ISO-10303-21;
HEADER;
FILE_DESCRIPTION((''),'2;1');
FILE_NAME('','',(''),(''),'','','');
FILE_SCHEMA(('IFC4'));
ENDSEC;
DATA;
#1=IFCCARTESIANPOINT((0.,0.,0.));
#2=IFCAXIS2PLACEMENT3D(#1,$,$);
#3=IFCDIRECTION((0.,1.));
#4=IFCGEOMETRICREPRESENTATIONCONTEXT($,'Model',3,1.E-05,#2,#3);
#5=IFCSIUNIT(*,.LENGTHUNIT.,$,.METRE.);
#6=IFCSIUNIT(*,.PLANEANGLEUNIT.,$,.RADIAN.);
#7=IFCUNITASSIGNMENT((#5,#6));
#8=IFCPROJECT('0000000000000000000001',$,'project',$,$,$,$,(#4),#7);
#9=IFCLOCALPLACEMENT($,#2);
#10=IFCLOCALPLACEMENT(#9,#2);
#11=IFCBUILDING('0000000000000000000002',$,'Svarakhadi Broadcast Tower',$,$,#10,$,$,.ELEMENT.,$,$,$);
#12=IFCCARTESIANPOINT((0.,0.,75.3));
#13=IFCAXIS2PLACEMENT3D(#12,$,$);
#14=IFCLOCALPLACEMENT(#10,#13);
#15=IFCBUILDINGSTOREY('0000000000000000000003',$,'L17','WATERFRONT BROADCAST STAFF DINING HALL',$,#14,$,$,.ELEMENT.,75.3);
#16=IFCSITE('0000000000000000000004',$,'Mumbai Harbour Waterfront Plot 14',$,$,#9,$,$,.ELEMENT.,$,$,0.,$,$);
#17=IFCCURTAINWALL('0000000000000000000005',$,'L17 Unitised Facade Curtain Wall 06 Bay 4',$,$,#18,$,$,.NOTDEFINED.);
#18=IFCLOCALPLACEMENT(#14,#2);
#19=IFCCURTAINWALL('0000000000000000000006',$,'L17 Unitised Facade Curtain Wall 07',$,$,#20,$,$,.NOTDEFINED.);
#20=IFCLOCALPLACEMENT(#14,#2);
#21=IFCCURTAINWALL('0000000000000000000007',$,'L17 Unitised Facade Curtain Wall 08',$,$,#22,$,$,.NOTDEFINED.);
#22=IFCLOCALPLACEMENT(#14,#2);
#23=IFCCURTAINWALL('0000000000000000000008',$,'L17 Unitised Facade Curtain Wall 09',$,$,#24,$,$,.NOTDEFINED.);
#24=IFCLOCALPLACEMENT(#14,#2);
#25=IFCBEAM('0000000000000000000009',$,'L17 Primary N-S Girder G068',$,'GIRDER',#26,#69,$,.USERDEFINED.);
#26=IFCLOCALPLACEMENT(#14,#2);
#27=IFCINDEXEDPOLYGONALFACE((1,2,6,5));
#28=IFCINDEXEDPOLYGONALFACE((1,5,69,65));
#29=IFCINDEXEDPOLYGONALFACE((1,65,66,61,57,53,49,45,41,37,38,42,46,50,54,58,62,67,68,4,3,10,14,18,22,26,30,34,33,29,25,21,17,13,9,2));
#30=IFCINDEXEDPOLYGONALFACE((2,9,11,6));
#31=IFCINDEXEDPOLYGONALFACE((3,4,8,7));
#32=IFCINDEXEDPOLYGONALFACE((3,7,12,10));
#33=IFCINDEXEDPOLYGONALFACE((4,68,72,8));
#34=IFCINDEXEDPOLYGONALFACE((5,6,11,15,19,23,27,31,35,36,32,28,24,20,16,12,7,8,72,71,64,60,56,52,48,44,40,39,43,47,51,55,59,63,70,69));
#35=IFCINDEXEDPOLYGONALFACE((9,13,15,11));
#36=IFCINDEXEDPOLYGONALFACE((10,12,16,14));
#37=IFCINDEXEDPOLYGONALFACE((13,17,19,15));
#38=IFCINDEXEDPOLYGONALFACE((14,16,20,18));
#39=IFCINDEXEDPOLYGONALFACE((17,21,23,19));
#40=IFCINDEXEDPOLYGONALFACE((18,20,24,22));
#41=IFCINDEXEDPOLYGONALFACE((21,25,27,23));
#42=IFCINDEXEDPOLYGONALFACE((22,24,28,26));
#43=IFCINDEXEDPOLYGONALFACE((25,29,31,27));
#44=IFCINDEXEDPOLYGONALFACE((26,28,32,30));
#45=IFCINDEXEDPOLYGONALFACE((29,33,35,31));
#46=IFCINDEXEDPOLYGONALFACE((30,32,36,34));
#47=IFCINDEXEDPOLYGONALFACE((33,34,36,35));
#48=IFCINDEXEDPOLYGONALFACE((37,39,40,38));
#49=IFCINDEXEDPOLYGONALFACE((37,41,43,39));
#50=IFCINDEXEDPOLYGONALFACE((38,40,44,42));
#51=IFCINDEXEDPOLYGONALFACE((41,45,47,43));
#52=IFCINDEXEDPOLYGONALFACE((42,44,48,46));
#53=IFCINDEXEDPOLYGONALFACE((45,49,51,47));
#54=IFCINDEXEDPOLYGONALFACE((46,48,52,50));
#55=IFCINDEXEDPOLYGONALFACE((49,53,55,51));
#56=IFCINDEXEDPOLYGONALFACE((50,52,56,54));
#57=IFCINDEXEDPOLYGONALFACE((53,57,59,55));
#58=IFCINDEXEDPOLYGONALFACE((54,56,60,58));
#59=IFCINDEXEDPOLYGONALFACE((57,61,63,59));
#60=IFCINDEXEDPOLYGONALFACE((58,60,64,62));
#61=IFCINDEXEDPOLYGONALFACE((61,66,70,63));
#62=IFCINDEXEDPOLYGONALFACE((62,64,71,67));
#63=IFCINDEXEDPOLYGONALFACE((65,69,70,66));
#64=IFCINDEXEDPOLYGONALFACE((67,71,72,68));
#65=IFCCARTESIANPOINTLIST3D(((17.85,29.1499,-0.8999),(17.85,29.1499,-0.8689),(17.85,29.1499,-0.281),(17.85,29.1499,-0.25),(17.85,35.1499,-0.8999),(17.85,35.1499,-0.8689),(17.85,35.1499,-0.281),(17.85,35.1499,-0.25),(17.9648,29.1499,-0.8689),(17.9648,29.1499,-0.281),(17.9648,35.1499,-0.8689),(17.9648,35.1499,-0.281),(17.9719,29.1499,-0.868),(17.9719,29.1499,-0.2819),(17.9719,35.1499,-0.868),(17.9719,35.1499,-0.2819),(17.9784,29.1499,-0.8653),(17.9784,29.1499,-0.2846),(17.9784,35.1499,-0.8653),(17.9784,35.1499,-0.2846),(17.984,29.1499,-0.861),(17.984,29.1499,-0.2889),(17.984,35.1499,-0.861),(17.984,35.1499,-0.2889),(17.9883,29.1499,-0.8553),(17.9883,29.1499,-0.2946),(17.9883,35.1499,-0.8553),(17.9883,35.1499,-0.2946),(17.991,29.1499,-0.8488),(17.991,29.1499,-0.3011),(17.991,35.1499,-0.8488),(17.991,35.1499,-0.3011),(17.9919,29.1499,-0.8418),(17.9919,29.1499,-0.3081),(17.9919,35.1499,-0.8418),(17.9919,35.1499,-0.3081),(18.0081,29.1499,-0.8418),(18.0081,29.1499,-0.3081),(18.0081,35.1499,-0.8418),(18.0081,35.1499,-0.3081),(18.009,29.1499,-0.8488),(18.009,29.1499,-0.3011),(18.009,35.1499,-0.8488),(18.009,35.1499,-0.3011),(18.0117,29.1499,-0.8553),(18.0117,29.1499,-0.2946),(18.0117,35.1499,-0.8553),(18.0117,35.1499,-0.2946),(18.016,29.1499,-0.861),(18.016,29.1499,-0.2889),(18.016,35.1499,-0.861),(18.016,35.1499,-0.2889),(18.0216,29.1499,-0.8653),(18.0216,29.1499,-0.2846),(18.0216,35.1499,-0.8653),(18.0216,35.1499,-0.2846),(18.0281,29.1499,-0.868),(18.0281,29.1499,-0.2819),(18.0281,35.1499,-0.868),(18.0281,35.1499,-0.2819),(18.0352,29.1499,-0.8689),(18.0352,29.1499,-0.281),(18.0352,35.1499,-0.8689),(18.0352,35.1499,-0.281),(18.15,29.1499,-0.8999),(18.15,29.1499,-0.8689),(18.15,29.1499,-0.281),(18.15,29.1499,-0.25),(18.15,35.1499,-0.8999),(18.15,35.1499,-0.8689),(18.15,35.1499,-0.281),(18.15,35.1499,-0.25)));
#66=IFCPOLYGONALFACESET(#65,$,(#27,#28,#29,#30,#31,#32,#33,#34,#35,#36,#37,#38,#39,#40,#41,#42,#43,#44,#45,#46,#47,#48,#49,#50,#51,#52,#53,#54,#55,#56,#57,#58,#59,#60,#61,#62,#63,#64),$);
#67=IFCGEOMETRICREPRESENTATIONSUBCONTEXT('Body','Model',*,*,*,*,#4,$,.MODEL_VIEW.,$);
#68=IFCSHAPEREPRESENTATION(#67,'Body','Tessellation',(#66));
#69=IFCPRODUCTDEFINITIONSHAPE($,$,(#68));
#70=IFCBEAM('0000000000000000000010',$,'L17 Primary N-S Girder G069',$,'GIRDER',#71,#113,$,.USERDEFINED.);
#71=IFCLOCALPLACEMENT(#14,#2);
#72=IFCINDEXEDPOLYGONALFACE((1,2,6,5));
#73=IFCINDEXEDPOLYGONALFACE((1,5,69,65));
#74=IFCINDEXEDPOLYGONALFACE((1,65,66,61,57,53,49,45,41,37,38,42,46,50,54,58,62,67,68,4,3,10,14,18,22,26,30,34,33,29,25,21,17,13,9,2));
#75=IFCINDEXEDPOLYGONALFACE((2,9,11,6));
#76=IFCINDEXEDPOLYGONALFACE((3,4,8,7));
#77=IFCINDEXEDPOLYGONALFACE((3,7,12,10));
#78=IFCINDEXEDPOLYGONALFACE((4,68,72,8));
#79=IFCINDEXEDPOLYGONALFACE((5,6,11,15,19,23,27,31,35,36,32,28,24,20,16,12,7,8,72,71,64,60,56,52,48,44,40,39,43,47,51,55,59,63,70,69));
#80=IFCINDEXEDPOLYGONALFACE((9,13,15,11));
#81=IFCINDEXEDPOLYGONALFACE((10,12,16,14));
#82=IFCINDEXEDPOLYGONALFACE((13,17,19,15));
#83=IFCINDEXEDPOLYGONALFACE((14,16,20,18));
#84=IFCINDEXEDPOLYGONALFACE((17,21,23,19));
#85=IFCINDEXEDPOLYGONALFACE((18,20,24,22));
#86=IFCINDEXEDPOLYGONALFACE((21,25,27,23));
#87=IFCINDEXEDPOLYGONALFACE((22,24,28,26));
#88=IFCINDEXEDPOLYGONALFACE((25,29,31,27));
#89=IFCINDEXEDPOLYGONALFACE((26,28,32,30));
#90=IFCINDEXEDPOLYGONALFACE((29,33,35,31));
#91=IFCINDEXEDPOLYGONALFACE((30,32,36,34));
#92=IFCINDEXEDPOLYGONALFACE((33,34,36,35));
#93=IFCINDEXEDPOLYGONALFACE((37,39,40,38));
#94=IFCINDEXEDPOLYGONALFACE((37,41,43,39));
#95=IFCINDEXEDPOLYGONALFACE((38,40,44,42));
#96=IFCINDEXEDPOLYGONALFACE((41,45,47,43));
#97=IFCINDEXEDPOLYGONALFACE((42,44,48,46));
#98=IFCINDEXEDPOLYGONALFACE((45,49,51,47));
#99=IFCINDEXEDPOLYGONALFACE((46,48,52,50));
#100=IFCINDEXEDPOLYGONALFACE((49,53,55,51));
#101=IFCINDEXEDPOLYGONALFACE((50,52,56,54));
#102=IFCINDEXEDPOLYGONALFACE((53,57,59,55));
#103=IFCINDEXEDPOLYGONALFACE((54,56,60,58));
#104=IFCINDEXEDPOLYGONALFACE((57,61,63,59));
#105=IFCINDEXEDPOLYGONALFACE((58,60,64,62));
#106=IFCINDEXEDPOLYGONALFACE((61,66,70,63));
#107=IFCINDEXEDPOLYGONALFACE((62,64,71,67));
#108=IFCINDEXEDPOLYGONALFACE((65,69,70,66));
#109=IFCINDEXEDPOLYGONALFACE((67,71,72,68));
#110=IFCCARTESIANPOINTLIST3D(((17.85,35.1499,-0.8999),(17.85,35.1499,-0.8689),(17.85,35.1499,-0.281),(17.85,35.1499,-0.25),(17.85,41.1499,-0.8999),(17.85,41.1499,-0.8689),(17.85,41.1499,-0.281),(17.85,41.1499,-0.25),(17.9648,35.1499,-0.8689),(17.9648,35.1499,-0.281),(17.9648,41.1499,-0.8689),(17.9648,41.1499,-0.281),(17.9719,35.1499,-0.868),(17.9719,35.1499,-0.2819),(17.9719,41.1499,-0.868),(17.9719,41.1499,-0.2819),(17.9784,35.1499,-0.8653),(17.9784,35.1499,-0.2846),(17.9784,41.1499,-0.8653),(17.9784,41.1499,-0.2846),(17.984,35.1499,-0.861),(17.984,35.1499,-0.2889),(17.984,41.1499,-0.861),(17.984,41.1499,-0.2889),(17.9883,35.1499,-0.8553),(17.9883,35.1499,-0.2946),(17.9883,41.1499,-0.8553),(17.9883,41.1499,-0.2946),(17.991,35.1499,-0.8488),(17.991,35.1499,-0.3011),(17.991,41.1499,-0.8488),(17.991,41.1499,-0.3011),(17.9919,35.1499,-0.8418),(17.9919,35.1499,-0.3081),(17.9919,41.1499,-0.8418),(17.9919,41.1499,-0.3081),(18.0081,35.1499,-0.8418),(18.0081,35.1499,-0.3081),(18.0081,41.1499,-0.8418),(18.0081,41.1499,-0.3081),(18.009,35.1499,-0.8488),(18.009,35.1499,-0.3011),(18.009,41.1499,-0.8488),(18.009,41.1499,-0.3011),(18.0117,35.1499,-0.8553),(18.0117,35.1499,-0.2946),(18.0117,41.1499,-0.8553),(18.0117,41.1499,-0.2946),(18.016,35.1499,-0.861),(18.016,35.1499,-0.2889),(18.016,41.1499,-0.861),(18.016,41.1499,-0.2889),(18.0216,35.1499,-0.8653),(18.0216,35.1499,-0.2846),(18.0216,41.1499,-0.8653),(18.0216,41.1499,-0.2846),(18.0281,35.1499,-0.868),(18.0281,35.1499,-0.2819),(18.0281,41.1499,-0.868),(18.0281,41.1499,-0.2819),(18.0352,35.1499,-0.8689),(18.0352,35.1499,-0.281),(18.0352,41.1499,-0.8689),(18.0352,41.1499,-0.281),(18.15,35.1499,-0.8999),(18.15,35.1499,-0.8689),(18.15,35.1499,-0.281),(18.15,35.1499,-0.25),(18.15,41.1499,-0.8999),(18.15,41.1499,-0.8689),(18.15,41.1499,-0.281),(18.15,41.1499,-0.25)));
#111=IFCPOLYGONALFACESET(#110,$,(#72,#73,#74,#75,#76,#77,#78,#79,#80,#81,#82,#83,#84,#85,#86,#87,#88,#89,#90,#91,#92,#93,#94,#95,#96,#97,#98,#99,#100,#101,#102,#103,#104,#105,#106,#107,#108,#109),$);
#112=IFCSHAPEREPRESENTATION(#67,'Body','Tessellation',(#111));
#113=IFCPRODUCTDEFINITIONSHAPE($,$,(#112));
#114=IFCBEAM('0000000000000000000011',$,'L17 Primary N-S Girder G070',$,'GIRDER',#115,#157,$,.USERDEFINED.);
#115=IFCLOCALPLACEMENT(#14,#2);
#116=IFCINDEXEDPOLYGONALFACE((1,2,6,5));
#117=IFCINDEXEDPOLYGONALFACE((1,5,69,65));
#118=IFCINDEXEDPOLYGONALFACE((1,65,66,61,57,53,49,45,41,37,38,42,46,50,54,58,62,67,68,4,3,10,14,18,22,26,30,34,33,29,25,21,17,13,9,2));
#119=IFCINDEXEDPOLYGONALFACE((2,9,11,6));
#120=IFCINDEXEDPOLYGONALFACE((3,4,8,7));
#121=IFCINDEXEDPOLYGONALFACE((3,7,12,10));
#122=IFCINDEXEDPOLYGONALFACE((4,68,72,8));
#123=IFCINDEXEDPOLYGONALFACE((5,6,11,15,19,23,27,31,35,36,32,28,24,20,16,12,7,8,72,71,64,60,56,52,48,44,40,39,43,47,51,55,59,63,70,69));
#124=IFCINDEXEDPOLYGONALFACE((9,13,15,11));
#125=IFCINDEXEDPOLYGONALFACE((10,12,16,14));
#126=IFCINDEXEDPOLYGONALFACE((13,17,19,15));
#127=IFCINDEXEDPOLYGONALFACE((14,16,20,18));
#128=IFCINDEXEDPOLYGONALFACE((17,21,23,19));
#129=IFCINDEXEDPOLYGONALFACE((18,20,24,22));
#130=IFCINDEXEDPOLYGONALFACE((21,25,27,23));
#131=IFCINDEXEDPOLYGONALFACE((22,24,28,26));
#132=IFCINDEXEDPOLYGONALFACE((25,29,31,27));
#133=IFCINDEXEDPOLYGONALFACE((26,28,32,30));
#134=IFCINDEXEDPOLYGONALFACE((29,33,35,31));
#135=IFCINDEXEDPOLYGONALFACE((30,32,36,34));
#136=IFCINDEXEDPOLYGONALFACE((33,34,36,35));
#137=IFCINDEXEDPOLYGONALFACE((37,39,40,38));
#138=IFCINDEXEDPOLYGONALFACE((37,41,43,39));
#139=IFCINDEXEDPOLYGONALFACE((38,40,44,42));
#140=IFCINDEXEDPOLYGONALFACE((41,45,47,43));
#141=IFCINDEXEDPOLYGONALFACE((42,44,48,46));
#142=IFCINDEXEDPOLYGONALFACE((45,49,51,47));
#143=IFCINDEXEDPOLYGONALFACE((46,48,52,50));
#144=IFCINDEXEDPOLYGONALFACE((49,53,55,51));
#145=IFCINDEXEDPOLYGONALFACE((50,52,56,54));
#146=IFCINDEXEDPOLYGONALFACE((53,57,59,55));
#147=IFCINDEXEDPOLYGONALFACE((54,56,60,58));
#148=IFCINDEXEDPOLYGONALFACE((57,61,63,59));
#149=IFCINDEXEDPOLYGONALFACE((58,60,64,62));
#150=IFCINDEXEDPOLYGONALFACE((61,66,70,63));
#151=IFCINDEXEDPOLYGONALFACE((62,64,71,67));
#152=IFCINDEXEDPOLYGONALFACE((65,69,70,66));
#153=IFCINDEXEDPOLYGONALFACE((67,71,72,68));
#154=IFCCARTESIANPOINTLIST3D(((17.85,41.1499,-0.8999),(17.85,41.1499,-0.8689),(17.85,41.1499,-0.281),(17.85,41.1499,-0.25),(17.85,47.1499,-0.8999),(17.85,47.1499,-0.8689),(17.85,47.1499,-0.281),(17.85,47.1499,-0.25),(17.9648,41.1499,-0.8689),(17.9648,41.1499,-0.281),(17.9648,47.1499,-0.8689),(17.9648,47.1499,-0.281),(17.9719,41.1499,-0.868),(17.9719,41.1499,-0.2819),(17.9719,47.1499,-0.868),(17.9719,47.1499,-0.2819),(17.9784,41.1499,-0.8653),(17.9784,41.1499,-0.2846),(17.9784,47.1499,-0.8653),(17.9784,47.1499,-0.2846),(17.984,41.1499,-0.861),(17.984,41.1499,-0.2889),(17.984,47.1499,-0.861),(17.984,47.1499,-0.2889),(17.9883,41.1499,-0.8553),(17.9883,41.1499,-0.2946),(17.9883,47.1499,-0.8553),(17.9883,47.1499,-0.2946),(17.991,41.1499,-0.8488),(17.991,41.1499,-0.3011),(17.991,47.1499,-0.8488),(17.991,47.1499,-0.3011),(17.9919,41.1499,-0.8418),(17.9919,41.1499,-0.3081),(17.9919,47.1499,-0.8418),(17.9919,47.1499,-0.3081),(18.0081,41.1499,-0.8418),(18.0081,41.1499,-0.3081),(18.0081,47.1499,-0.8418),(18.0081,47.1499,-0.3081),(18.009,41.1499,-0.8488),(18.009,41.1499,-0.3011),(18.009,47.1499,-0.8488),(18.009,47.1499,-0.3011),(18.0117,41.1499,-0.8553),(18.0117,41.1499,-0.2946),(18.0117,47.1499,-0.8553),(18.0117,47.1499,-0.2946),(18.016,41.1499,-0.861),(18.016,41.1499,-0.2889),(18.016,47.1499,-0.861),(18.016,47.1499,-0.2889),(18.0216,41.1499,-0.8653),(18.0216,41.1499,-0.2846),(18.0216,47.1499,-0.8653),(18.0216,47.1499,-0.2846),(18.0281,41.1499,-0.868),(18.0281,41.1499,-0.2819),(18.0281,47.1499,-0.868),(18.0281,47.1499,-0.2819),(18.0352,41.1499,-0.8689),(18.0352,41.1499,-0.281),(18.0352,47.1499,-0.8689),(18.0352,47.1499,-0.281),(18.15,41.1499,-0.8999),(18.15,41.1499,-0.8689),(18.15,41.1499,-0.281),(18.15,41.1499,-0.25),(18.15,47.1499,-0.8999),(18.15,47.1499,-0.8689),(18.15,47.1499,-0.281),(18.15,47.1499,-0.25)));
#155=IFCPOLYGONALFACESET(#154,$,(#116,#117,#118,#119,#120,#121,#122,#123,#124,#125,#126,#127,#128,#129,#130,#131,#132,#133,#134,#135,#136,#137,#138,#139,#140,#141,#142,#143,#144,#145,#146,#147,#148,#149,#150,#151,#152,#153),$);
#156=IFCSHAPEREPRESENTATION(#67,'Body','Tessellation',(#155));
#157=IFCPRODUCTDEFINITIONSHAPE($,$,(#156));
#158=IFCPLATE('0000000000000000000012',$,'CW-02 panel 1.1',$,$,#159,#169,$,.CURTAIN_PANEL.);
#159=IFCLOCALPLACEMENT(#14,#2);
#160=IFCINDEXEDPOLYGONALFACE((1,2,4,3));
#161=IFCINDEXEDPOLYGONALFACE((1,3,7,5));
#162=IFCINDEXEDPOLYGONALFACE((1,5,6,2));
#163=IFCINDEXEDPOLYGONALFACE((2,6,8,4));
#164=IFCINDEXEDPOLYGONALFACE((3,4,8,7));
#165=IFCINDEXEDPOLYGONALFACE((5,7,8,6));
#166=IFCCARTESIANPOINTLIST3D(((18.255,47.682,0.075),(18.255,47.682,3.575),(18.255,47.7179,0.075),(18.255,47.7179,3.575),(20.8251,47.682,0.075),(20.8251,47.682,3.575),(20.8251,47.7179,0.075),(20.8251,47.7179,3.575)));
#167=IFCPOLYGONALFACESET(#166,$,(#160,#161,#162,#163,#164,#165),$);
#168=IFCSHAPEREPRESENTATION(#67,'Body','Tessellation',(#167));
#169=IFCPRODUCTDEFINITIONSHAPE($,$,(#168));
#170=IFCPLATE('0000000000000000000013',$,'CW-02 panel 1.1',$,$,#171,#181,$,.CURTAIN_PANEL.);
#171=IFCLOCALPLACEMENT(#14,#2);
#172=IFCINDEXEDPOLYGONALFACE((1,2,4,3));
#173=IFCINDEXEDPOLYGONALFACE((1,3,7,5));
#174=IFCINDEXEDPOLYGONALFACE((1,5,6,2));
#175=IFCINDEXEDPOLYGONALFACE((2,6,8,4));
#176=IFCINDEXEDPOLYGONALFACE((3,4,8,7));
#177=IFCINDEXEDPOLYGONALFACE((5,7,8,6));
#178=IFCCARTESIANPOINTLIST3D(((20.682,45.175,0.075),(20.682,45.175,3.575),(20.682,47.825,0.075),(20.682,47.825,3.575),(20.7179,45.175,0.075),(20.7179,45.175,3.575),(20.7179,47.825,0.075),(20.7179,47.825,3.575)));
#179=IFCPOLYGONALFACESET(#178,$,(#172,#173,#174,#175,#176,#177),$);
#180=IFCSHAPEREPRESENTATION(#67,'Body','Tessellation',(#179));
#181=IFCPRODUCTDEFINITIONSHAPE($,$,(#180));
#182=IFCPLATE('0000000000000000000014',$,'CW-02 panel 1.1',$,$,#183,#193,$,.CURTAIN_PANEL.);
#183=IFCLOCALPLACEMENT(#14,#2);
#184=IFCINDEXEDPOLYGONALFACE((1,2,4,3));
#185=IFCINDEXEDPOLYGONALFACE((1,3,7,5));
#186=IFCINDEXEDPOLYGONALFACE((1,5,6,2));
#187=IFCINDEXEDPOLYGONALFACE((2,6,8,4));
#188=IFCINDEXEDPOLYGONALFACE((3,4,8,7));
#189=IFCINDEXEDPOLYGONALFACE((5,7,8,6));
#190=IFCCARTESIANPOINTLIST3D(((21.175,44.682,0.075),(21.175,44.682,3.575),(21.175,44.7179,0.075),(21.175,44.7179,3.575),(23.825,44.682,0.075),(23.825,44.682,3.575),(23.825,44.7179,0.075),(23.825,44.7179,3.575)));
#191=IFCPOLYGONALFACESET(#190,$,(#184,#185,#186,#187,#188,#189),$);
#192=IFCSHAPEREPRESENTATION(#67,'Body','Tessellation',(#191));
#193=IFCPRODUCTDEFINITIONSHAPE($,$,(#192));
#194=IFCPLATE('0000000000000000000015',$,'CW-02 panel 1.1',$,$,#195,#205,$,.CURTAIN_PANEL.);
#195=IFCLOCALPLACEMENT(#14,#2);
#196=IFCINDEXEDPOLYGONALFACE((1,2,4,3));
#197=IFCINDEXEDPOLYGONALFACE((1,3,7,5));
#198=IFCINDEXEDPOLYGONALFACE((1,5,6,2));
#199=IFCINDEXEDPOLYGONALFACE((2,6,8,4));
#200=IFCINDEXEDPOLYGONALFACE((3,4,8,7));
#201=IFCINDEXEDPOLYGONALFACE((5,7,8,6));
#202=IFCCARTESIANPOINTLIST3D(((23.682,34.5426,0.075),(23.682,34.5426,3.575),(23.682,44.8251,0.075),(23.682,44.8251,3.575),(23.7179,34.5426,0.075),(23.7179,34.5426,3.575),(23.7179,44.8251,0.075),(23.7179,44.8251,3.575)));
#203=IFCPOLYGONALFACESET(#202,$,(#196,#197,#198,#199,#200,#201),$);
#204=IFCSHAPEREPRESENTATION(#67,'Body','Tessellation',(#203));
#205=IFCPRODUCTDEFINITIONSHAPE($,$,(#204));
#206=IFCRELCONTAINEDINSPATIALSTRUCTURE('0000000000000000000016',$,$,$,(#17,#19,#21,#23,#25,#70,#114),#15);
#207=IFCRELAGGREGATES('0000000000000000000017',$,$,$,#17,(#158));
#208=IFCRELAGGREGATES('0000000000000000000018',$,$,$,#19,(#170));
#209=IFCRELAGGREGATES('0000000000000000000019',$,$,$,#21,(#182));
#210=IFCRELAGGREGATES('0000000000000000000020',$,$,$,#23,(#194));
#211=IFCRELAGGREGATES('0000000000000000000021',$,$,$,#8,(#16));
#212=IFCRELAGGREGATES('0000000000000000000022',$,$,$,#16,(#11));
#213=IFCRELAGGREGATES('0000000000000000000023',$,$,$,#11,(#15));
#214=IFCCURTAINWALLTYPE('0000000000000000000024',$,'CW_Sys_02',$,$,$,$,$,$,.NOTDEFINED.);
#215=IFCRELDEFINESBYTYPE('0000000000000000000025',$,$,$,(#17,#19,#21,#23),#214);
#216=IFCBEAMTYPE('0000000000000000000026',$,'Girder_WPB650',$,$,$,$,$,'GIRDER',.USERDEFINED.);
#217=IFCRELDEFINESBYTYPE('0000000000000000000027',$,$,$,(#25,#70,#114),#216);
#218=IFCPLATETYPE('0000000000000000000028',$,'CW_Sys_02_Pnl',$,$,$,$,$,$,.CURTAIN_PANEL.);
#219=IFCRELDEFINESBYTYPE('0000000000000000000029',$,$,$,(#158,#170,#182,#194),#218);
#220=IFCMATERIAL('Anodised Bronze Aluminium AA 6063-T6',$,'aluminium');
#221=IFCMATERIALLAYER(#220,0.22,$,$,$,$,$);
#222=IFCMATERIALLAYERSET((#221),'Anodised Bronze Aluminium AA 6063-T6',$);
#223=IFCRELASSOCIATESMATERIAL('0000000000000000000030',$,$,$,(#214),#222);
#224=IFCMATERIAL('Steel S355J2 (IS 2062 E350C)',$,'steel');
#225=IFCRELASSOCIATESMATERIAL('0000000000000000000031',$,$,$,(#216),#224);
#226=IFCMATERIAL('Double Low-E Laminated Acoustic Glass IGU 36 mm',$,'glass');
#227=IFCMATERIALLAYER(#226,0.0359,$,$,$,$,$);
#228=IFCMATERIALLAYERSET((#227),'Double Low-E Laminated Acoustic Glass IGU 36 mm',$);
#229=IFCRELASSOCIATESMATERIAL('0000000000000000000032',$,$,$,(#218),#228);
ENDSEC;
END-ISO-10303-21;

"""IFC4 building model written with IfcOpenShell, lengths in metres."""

from ifc_helpers import new_model, si_unit, direction, frame, origin, origin_2d, place, context, subcontext, project, spatial, rectangle, i_section, extrude, material, layer, layer_set, material_profile, profile_set, type_object, element, aggregate, save


model = new_model("IFC4")

# Units and contexts
model_context = context("Model", 3, precision=1e-05, world=origin(), true_north=direction((0.0, 1.0)))
body_context = subcontext(model_context, "Body", "Model", "MODEL_VIEW")
ifc_project = project(units=[si_unit("LENGTHUNIT", "METRE"), si_unit("PLANEANGLEUNIT", "RADIAN")], contexts=[model_context])

# Site, building, storey
site_placement = place(None, origin())
site = spatial("IfcSite", under=ifc_project, at=site_placement, Name="Mumbai Harbour Waterfront Plot 14", CompositionType="ELEMENT", RefElevation=0.0)
building_placement = place(site_placement, origin())
building = spatial("IfcBuilding", under=site, at=building_placement, Name="Svarakhadi Broadcast Tower", CompositionType="ELEMENT")
storey_placement = place(building_placement, frame((0.0, 0.0, 75.3)))
storey = spatial("IfcBuildingStorey", under=building, at=storey_placement, Name="L17", Description="WATERFRONT BROADCAST STAFF DINING HALL", CompositionType="ELEMENT", Elevation=75.3)

# Curtain walls
ifc_material_1 = material(Name="Anodised Bronze Aluminium AA 6063-T6", Category="aluminium")
ifc_layer_1 = layer(ifc_material_1, 0.22)
ifc_layer_set_1 = layer_set([ifc_layer_1], Name="Anodised Bronze Aluminium AA 6063-T6")
curtain_wall_type = type_object("IfcCurtainWallType", Name="CW_Sys_02", PredefinedType="NOTDEFINED", material=ifc_layer_set_1)
curtain_wall_1_placement = place(storey_placement, origin())
curtain_wall_1 = element("IfcCurtainWall", 1, at=curtain_wall_1_placement, inside=storey, type_object=curtain_wall_type, Name="L17 Unitised Facade Curtain Wall 06 Bay 4", PredefinedType="NOTDEFINED")
curtain_wall_2_placement = place(storey_placement, origin())
curtain_wall_2 = element("IfcCurtainWall", 2, at=curtain_wall_2_placement, inside=storey, type_object=curtain_wall_type, Name="L17 Unitised Facade Curtain Wall 07", PredefinedType="NOTDEFINED")
curtain_wall_3_placement = place(storey_placement, origin())
curtain_wall_3 = element("IfcCurtainWall", 3, at=curtain_wall_3_placement, inside=storey, type_object=curtain_wall_type, Name="L17 Unitised Facade Curtain Wall 08", PredefinedType="NOTDEFINED")
curtain_wall_4_placement = place(storey_placement, origin())
curtain_wall_4 = element("IfcCurtainWall", 4, at=curtain_wall_4_placement, inside=storey, type_object=curtain_wall_type, Name="L17 Unitised Facade Curtain Wall 09", PredefinedType="NOTDEFINED")

# Beams
ifc_material_2 = material(Name="Steel S355J2 (IS 2062 E350C)", Category="steel")
ifc_material_profile_1 = material_profile(ifc_material_2, i_section(OverallWidth=0.3, OverallDepth=0.6499, WebThickness=0.0161, FlangeThickness=0.031, FilletRadius=0.0271, at=origin_2d()), Name="WPB 650x300x225")
ifc_profile_set_1 = profile_set([ifc_material_profile_1], Name="Steel S355J2 (IS 2062 E350C)")
beam_type = type_object("IfcBeamType", Name="Girder_WPB650", ElementType="GIRDER", PredefinedType="USERDEFINED", material=ifc_profile_set_1)
for number, where, z_axis, x_axis, name in (
    (5, (18.0, 29.1499, -0.575), (0.0, 1.0, 0.0), (-1.0, 0.0, 0.0), "L17 Primary N-S Girder G068"),
    (6, (18.0, 35.1499, -0.575), (0.0, 1.0, 0.0), (-1.0, 0.0, 0.0), "L17 Primary N-S Girder G069"),
    (7, (18.0, 41.1499, -0.575), (0.0, 1.0, 0.0), (-1.0, 0.0, 0.0), "L17 Primary N-S Girder G070"),
):
    element("IfcBeam", number, at=place(storey_placement, frame(where, z_axis=z_axis, x_axis=x_axis)), inside=storey, type_object=beam_type, Name=name, ObjectType="GIRDER", PredefinedType="USERDEFINED", context=body_context, shape_type="SweptSolid", body=[
        extrude(i_section(OverallWidth=0.3, OverallDepth=0.6499, WebThickness=0.0161, FlangeThickness=0.031, FilletRadius=0.0271, at=origin_2d()), origin(), (0.0, 0.0, 1.0), 6.0),
    ])

# Plates
ifc_material_3 = material(Name="Double Low-E Laminated Acoustic Glass IGU 36 mm", Category="glass")
ifc_layer_2 = layer(ifc_material_3, 0.0359)
ifc_layer_set_2 = layer_set([ifc_layer_2], Name="Double Low-E Laminated Acoustic Glass IGU 36 mm")
plate_type = type_object("IfcPlateType", Name="CW_Sys_02_Pnl", PredefinedType="CURTAIN_PANEL", material=ifc_layer_set_2)
plate_1_placement = place(storey_placement, frame((19.54, 47.7, 0.075), z_axis=(0.0, 0.0, 1.0), x_axis=(1.0, 0.0, 0.0)))
plate_1 = element("IfcPlate", 8, at=plate_1_placement, type_object=plate_type, Name="CW-02 panel 1.1", PredefinedType="CURTAIN_PANEL", context=body_context, shape_type="SweptSolid", body=[
    extrude(rectangle(XDim=2.5701, YDim=0.0359, at=origin_2d()), origin(), (0.0, 0.0, 1.0), 3.5),
])
aggregate(curtain_wall_1, [plate_1])
plate_2_placement = place(storey_placement, frame((20.7, 46.5, 0.075), z_axis=(0.0, 0.0, 1.0), x_axis=(0.0, -1.0, 0.0)))
plate_2 = element("IfcPlate", 9, at=plate_2_placement, type_object=plate_type, Name="CW-02 panel 1.1", PredefinedType="CURTAIN_PANEL", context=body_context, shape_type="SweptSolid", body=[
    extrude(rectangle(XDim=2.6499, YDim=0.0359, at=origin_2d()), origin(), (0.0, 0.0, 1.0), 3.5),
])
aggregate(curtain_wall_2, [plate_2])
plate_3_placement = place(storey_placement, frame((22.5, 44.7, 0.075), z_axis=(0.0, 0.0, 1.0), x_axis=(1.0, 0.0, 0.0)))
plate_3 = element("IfcPlate", 10, at=plate_3_placement, type_object=plate_type, Name="CW-02 panel 1.1", PredefinedType="CURTAIN_PANEL", context=body_context, shape_type="SweptSolid", body=[
    extrude(rectangle(XDim=2.6499, YDim=0.0359, at=origin_2d()), origin(), (0.0, 0.0, 1.0), 3.5),
])
aggregate(curtain_wall_3, [plate_3])
plate_4_placement = place(storey_placement, frame((23.7, 39.6838, 0.075), z_axis=(0.0, 0.0, 1.0), x_axis=(0.0, -1.0, 0.0)))
plate_4 = element("IfcPlate", 11, at=plate_4_placement, type_object=plate_type, Name="CW-02 panel 1.1", PredefinedType="CURTAIN_PANEL", context=body_context, shape_type="SweptSolid", body=[
    extrude(rectangle(XDim=10.2825, YDim=0.0359, at=origin_2d()), origin(), (0.0, 0.0, 1.0), 3.5),
])
aggregate(curtain_wall_4, [plate_4])

save(model, "model.ifc")
